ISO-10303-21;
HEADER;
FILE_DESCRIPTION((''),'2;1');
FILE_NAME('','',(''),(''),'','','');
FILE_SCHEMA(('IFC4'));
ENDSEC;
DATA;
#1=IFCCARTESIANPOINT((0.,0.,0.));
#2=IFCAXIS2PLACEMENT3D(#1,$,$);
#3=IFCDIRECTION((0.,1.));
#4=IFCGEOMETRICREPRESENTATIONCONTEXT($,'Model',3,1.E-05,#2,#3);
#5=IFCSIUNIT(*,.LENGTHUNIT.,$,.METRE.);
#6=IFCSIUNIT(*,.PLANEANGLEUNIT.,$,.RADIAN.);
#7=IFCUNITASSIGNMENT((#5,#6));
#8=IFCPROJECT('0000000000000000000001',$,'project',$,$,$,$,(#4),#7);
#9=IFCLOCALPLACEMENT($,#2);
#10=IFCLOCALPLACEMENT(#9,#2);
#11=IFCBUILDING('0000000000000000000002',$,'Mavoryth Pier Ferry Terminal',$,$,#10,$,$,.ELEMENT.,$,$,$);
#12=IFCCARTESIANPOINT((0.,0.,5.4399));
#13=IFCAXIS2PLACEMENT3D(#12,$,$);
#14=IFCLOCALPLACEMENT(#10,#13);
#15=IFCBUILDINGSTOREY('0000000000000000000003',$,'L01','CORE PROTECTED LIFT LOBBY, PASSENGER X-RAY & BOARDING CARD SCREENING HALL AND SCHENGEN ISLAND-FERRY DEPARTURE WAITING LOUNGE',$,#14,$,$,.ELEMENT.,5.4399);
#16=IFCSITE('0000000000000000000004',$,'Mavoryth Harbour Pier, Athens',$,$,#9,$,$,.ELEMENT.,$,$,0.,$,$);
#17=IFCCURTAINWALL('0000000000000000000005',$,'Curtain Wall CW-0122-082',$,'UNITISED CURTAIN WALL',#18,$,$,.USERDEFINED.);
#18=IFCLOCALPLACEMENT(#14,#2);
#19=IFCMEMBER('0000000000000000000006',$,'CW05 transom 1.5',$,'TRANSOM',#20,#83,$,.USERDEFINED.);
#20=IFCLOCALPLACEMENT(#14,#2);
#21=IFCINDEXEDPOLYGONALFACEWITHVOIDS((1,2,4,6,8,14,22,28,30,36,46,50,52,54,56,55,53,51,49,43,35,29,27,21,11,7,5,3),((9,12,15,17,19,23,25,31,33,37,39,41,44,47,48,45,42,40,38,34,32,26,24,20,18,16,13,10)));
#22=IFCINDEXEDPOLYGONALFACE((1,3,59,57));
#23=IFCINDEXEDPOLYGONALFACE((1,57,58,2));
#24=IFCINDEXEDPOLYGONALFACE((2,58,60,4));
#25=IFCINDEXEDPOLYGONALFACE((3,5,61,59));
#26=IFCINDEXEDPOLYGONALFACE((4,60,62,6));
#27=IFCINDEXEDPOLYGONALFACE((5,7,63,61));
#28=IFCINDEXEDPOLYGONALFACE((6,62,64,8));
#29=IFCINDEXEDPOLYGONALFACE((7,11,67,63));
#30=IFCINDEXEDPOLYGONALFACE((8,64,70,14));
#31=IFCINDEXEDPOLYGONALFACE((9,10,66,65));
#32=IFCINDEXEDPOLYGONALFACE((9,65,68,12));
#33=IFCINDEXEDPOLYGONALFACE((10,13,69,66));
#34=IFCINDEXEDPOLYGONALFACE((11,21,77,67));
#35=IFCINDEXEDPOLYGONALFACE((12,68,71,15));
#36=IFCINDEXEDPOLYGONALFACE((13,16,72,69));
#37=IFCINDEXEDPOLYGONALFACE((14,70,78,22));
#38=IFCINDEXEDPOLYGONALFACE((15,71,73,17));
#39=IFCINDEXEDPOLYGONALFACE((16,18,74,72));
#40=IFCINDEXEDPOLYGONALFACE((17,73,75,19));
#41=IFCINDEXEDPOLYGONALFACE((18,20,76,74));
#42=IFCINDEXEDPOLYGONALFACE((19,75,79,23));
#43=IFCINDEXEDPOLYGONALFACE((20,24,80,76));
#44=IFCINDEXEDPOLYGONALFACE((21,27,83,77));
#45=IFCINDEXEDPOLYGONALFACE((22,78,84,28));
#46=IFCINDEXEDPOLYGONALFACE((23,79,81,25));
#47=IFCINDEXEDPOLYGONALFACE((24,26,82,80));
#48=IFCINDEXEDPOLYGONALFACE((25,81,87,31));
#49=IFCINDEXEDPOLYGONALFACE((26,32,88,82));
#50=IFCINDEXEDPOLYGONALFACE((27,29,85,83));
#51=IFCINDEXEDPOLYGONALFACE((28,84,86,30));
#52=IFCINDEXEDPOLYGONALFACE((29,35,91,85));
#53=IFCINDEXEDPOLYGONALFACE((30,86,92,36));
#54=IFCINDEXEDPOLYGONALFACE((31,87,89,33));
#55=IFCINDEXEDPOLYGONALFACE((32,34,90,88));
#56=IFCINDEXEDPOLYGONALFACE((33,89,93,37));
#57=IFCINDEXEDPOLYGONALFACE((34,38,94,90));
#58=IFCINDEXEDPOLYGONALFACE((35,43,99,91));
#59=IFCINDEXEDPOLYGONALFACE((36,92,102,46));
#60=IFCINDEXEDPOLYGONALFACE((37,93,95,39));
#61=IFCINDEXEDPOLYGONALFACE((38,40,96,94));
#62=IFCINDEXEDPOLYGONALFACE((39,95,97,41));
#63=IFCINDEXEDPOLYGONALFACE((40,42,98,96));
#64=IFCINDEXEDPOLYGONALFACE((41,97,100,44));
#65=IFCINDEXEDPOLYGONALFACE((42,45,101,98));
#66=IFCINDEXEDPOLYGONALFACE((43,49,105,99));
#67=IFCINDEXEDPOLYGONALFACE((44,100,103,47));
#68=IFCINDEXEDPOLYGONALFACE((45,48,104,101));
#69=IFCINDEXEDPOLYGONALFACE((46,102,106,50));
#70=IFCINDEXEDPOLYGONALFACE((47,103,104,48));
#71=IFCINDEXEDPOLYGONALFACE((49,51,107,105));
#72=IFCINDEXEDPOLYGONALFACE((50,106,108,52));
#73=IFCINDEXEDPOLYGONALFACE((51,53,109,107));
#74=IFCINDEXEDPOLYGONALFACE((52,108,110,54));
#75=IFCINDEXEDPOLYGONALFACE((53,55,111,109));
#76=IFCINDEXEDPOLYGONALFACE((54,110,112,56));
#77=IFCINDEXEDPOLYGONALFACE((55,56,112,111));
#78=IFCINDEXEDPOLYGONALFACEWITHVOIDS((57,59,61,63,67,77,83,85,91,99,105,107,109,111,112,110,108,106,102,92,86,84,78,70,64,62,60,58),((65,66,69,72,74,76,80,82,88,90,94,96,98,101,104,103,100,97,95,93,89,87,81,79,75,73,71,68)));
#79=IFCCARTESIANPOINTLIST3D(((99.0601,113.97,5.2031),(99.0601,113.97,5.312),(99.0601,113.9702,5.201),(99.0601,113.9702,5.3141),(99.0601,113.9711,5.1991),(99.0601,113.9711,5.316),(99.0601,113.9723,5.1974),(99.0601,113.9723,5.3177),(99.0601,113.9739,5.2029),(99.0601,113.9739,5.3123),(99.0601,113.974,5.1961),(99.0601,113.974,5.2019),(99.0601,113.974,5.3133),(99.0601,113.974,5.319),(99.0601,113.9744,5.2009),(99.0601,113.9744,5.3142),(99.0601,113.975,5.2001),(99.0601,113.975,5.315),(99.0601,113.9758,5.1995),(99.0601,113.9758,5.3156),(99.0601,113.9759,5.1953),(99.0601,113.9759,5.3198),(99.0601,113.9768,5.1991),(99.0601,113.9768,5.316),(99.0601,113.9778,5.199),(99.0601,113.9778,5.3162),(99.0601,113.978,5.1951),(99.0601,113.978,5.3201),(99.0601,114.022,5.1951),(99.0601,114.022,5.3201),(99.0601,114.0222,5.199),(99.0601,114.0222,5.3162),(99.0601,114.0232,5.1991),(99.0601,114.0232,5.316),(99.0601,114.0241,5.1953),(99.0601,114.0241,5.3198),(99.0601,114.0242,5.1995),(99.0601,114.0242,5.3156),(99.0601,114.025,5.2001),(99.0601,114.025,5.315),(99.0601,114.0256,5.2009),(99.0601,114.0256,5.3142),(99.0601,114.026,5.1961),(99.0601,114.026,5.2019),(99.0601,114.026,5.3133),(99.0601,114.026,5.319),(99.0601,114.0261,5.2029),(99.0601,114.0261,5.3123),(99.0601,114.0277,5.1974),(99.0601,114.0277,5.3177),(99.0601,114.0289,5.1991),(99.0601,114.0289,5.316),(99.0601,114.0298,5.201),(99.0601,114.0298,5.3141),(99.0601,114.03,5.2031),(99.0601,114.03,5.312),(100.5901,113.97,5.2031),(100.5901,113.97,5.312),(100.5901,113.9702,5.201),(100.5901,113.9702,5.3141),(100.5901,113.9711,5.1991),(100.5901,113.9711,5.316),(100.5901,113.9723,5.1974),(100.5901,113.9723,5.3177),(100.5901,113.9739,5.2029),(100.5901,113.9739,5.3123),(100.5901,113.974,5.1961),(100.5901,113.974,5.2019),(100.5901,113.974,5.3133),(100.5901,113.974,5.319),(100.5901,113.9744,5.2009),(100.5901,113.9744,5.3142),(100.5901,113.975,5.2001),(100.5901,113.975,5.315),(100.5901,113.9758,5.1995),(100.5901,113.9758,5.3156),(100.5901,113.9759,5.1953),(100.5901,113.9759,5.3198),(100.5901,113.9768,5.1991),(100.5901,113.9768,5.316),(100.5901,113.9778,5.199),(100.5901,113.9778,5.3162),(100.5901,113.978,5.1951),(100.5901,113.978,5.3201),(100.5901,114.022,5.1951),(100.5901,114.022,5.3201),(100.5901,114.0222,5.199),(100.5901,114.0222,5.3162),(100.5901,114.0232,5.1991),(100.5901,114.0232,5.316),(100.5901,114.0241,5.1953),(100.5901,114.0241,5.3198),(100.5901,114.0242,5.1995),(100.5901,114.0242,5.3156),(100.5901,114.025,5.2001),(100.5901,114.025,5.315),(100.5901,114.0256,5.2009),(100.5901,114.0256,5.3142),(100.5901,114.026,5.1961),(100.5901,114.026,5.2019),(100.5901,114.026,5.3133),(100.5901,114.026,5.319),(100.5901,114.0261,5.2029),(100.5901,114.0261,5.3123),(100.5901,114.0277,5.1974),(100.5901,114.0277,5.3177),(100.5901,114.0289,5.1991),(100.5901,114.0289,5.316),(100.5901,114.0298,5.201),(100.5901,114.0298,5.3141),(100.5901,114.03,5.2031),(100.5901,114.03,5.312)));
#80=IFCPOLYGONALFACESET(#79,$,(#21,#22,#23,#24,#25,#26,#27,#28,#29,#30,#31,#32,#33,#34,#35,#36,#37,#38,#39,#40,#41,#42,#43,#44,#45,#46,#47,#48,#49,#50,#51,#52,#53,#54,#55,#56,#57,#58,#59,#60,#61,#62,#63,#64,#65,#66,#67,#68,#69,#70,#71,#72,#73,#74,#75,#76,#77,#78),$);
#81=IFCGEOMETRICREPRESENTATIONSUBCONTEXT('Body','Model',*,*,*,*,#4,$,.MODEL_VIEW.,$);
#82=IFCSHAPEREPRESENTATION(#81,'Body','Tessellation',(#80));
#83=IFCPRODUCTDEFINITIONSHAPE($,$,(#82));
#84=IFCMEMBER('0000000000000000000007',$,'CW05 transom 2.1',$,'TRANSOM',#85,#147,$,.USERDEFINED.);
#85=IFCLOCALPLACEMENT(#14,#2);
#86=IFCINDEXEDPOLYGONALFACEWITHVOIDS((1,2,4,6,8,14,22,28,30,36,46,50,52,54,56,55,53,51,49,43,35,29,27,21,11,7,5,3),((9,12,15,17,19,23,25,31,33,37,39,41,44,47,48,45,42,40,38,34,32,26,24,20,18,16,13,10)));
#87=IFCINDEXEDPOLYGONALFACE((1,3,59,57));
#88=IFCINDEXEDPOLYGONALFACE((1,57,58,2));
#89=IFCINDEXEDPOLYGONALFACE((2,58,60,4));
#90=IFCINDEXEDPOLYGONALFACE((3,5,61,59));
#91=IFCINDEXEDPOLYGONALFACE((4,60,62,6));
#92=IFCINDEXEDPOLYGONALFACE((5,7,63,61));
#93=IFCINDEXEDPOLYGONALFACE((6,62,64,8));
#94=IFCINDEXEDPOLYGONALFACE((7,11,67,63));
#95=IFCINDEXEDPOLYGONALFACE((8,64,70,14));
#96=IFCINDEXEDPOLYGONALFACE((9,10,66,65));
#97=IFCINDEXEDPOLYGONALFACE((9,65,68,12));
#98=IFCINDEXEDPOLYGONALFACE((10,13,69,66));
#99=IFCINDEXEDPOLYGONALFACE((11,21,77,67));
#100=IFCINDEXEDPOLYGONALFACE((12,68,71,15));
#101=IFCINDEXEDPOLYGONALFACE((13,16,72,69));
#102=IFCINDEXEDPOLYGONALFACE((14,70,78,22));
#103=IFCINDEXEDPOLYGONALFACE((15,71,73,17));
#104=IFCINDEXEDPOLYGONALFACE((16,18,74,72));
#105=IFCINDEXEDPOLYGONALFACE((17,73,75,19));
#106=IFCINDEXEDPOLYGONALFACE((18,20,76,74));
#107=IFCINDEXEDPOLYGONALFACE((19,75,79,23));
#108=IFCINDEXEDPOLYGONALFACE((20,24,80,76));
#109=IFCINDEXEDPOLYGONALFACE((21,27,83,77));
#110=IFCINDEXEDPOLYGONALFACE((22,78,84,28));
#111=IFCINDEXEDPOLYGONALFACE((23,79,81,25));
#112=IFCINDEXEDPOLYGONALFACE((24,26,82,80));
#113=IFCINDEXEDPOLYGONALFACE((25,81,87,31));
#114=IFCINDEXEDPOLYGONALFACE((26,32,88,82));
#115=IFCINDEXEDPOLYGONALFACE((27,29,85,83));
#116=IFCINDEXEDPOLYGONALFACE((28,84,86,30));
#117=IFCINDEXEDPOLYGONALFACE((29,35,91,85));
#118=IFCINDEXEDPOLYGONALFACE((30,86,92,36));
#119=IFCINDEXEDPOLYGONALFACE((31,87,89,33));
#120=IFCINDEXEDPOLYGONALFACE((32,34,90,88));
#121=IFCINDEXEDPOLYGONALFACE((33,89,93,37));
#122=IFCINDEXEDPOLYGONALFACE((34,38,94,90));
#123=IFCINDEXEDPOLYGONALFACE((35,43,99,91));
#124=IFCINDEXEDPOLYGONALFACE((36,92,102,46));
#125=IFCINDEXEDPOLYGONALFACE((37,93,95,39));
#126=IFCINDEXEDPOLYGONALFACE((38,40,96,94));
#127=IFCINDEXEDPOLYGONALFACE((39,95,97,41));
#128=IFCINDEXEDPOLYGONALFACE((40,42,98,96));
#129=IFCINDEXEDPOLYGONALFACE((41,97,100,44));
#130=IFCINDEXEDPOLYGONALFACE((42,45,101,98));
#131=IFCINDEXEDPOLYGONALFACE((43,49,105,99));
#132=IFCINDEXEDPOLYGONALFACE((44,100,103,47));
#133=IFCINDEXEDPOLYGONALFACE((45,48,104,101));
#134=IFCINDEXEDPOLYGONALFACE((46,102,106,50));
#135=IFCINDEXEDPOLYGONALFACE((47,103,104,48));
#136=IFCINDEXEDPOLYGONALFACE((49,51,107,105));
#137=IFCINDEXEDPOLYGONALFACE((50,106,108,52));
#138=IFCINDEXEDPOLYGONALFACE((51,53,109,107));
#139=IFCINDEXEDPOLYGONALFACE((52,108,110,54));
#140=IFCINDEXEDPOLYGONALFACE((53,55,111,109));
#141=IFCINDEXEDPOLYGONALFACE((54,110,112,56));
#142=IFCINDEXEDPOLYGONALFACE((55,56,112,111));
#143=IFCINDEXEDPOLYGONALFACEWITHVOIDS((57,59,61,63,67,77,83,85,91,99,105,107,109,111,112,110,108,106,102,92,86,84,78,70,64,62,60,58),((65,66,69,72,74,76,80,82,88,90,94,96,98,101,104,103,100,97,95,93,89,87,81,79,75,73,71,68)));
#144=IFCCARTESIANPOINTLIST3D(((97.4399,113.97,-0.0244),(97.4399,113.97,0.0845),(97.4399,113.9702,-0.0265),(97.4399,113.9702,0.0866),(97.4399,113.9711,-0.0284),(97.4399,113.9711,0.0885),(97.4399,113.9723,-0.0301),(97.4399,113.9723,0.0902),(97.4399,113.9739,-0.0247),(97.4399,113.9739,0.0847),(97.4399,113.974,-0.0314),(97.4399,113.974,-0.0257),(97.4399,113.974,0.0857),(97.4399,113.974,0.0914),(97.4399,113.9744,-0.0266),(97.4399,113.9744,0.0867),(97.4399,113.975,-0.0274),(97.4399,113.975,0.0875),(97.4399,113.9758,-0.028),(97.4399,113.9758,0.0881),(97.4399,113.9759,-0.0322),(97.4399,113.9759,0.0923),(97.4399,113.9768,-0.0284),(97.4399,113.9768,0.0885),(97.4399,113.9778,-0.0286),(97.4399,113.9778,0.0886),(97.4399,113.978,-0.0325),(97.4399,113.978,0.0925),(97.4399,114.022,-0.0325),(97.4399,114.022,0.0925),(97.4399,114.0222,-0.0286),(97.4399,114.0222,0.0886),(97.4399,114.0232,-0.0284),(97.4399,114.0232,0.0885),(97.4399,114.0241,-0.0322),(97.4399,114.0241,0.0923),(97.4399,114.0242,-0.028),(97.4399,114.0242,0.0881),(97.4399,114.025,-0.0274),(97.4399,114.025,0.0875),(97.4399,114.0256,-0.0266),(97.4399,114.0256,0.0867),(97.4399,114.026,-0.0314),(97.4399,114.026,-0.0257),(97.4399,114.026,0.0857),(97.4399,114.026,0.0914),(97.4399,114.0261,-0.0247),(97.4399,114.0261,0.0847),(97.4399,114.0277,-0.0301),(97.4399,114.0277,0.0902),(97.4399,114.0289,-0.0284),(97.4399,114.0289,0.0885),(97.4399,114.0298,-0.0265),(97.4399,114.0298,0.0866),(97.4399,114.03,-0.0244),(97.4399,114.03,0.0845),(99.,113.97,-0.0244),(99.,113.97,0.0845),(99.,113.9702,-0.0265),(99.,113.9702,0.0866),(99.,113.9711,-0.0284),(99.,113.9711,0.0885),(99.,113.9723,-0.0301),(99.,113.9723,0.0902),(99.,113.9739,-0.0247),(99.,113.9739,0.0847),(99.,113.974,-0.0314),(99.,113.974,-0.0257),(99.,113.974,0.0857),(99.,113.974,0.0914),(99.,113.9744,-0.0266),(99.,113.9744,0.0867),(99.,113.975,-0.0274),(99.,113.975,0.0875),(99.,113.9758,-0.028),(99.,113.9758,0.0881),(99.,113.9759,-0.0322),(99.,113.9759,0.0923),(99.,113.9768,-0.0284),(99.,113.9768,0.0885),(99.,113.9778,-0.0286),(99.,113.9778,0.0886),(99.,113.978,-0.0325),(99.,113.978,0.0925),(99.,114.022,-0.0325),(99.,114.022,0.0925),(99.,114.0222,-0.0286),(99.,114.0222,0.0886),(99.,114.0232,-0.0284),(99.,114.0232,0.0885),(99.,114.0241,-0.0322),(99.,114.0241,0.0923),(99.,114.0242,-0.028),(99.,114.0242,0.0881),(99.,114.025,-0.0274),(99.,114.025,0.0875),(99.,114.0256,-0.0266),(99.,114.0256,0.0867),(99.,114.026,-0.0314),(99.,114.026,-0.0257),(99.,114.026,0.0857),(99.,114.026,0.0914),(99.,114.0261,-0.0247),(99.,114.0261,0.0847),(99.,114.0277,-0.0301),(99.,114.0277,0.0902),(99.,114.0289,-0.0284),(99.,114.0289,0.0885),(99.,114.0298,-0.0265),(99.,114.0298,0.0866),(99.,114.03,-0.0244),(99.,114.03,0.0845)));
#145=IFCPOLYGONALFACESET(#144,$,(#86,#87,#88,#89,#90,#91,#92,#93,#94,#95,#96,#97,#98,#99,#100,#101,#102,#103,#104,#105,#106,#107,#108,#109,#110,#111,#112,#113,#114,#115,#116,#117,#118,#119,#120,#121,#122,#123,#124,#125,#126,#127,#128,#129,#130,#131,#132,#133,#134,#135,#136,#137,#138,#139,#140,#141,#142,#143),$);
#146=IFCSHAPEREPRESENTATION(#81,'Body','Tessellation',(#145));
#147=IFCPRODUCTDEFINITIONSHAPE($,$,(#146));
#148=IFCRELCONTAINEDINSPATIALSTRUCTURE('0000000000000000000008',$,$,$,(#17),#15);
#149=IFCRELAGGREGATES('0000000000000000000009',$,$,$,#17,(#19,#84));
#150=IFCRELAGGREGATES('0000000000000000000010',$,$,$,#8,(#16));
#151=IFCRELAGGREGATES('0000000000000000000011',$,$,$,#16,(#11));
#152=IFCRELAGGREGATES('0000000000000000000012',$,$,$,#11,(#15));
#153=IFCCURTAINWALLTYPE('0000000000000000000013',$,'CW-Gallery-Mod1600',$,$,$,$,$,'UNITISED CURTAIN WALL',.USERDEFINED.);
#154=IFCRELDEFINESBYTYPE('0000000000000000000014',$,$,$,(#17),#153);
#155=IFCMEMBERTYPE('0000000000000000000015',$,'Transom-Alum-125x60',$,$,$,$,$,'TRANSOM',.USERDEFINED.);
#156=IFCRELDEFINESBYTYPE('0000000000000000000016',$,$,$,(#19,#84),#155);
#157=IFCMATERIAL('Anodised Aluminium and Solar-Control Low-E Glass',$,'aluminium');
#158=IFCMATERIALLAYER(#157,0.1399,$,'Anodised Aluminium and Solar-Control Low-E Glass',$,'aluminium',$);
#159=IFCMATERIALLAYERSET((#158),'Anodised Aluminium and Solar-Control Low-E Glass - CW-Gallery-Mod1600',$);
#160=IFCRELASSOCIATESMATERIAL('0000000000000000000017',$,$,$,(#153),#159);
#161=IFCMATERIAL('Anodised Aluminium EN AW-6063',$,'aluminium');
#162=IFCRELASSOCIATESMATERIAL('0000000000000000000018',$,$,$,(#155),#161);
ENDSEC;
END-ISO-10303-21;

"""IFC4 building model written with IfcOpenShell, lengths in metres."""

from ifc_helpers import new_model, si_unit, direction, frame, origin, origin_2d, place, context, subcontext, project, spatial, hollow_rectangle, extrude, material, layer, layer_set, material_profile, profile_set, type_object, element, aggregate, save


model = new_model("IFC4")

# Units and contexts
model_context = context("Model", 3, precision=1e-05, world=origin(), true_north=direction((0.0, 1.0)))
body_context = subcontext(model_context, "Body", "Model", "MODEL_VIEW")
ifc_project = project(units=[si_unit("LENGTHUNIT", "METRE"), si_unit("PLANEANGLEUNIT", "RADIAN")], contexts=[model_context])

# Site, building, storey
site_placement = place(None, origin())
site = spatial("IfcSite", under=ifc_project, at=site_placement, Name="Mavoryth Harbour Pier, Athens", CompositionType="ELEMENT", RefElevation=0.0)
building_placement = place(site_placement, origin())
building = spatial("IfcBuilding", under=site, at=building_placement, Name="Mavoryth Pier Ferry Terminal", CompositionType="ELEMENT")
storey_placement = place(building_placement, frame((0.0, 0.0, 5.4399)))
storey = spatial("IfcBuildingStorey", under=building, at=storey_placement, Name="L01", Description="CORE PROTECTED LIFT LOBBY, PASSENGER X-RAY & BOARDING CARD SCREENING HALL AND SCHENGEN ISLAND-FERRY DEPARTURE WAITING LOUNGE", CompositionType="ELEMENT", Elevation=5.4399)

# Curtain wall, members
ifc_material_1 = material(Name="Anodised Aluminium and Solar-Control Low-E Glass", Category="aluminium")
ifc_layer_1 = layer(ifc_material_1, 0.1399, Name="Anodised Aluminium and Solar-Control Low-E Glass", Category="aluminium")
ifc_layer_set_1 = layer_set([ifc_layer_1], Name="Anodised Aluminium and Solar-Control Low-E Glass - CW-Gallery-Mod1600")
curtain_wall_type = type_object("IfcCurtainWallType", Name="CW-Gallery-Mod1600", ElementType="UNITISED CURTAIN WALL", PredefinedType="USERDEFINED", material=ifc_layer_set_1)
curtain_wall_placement = place(storey_placement, origin())
curtain_wall = element("IfcCurtainWall", 1, at=curtain_wall_placement, inside=storey, type_object=curtain_wall_type, Name="Curtain Wall CW-0122-082", ObjectType="UNITISED CURTAIN WALL", PredefinedType="USERDEFINED")
ifc_material_2 = material(Name="Anodised Aluminium EN AW-6063", Category="aluminium")
ifc_material_profile_1 = material_profile(ifc_material_2, hollow_rectangle(XDim=0.0601, YDim=0.125, WallThickness=0.0039, InnerFilletRadius=0.0039, OuterFilletRadius=0.0081, at=origin_2d()), Name="AL-TRAN 125x60x4", Category="aluminium")
ifc_profile_set_1 = profile_set([ifc_material_profile_1], Name="Anodised Aluminium EN AW-6063 - AL-TRAN 125x60x4")
member_type_1 = type_object("IfcMemberType", Name="Transom-Alum-125x60", ElementType="TRANSOM", PredefinedType="USERDEFINED", material=ifc_profile_set_1)
member_1_placement = place(storey_placement, frame((100.5901, 114.0, 5.2576), z_axis=(-1.0, 0.0, 0.0), x_axis=(0.0, -1.0, 0.0)))
member_1 = element("IfcMember", 2, at=member_1_placement, type_object=member_type_1, Name="CW05 transom 1.5", ObjectType="TRANSOM", PredefinedType="USERDEFINED", context=body_context, shape_type="SweptSolid", body=[
    extrude(hollow_rectangle(XDim=0.0601, YDim=0.125, WallThickness=0.0039, InnerFilletRadius=0.0039, OuterFilletRadius=0.0081, at=origin_2d()), origin(), (0.0, 0.0, 1.0), 1.53),
])
member_2_placement = place(storey_placement, frame((99.0, 114.0, 0.03), z_axis=(-1.0, 0.0, 0.0), x_axis=(0.0, -1.0, 0.0)))
member_2 = element("IfcMember", 3, at=member_2_placement, type_object=member_type_1, Name="CW05 transom 2.1", ObjectType="TRANSOM", PredefinedType="USERDEFINED", context=body_context, shape_type="SweptSolid", body=[
    extrude(hollow_rectangle(XDim=0.0601, YDim=0.125, WallThickness=0.0039, InnerFilletRadius=0.0039, OuterFilletRadius=0.0081, at=origin_2d()), origin(), (0.0, 0.0, 1.0), 1.5601),
])
aggregate(curtain_wall, [member_1, member_2])

save(model, "model.ifc")
